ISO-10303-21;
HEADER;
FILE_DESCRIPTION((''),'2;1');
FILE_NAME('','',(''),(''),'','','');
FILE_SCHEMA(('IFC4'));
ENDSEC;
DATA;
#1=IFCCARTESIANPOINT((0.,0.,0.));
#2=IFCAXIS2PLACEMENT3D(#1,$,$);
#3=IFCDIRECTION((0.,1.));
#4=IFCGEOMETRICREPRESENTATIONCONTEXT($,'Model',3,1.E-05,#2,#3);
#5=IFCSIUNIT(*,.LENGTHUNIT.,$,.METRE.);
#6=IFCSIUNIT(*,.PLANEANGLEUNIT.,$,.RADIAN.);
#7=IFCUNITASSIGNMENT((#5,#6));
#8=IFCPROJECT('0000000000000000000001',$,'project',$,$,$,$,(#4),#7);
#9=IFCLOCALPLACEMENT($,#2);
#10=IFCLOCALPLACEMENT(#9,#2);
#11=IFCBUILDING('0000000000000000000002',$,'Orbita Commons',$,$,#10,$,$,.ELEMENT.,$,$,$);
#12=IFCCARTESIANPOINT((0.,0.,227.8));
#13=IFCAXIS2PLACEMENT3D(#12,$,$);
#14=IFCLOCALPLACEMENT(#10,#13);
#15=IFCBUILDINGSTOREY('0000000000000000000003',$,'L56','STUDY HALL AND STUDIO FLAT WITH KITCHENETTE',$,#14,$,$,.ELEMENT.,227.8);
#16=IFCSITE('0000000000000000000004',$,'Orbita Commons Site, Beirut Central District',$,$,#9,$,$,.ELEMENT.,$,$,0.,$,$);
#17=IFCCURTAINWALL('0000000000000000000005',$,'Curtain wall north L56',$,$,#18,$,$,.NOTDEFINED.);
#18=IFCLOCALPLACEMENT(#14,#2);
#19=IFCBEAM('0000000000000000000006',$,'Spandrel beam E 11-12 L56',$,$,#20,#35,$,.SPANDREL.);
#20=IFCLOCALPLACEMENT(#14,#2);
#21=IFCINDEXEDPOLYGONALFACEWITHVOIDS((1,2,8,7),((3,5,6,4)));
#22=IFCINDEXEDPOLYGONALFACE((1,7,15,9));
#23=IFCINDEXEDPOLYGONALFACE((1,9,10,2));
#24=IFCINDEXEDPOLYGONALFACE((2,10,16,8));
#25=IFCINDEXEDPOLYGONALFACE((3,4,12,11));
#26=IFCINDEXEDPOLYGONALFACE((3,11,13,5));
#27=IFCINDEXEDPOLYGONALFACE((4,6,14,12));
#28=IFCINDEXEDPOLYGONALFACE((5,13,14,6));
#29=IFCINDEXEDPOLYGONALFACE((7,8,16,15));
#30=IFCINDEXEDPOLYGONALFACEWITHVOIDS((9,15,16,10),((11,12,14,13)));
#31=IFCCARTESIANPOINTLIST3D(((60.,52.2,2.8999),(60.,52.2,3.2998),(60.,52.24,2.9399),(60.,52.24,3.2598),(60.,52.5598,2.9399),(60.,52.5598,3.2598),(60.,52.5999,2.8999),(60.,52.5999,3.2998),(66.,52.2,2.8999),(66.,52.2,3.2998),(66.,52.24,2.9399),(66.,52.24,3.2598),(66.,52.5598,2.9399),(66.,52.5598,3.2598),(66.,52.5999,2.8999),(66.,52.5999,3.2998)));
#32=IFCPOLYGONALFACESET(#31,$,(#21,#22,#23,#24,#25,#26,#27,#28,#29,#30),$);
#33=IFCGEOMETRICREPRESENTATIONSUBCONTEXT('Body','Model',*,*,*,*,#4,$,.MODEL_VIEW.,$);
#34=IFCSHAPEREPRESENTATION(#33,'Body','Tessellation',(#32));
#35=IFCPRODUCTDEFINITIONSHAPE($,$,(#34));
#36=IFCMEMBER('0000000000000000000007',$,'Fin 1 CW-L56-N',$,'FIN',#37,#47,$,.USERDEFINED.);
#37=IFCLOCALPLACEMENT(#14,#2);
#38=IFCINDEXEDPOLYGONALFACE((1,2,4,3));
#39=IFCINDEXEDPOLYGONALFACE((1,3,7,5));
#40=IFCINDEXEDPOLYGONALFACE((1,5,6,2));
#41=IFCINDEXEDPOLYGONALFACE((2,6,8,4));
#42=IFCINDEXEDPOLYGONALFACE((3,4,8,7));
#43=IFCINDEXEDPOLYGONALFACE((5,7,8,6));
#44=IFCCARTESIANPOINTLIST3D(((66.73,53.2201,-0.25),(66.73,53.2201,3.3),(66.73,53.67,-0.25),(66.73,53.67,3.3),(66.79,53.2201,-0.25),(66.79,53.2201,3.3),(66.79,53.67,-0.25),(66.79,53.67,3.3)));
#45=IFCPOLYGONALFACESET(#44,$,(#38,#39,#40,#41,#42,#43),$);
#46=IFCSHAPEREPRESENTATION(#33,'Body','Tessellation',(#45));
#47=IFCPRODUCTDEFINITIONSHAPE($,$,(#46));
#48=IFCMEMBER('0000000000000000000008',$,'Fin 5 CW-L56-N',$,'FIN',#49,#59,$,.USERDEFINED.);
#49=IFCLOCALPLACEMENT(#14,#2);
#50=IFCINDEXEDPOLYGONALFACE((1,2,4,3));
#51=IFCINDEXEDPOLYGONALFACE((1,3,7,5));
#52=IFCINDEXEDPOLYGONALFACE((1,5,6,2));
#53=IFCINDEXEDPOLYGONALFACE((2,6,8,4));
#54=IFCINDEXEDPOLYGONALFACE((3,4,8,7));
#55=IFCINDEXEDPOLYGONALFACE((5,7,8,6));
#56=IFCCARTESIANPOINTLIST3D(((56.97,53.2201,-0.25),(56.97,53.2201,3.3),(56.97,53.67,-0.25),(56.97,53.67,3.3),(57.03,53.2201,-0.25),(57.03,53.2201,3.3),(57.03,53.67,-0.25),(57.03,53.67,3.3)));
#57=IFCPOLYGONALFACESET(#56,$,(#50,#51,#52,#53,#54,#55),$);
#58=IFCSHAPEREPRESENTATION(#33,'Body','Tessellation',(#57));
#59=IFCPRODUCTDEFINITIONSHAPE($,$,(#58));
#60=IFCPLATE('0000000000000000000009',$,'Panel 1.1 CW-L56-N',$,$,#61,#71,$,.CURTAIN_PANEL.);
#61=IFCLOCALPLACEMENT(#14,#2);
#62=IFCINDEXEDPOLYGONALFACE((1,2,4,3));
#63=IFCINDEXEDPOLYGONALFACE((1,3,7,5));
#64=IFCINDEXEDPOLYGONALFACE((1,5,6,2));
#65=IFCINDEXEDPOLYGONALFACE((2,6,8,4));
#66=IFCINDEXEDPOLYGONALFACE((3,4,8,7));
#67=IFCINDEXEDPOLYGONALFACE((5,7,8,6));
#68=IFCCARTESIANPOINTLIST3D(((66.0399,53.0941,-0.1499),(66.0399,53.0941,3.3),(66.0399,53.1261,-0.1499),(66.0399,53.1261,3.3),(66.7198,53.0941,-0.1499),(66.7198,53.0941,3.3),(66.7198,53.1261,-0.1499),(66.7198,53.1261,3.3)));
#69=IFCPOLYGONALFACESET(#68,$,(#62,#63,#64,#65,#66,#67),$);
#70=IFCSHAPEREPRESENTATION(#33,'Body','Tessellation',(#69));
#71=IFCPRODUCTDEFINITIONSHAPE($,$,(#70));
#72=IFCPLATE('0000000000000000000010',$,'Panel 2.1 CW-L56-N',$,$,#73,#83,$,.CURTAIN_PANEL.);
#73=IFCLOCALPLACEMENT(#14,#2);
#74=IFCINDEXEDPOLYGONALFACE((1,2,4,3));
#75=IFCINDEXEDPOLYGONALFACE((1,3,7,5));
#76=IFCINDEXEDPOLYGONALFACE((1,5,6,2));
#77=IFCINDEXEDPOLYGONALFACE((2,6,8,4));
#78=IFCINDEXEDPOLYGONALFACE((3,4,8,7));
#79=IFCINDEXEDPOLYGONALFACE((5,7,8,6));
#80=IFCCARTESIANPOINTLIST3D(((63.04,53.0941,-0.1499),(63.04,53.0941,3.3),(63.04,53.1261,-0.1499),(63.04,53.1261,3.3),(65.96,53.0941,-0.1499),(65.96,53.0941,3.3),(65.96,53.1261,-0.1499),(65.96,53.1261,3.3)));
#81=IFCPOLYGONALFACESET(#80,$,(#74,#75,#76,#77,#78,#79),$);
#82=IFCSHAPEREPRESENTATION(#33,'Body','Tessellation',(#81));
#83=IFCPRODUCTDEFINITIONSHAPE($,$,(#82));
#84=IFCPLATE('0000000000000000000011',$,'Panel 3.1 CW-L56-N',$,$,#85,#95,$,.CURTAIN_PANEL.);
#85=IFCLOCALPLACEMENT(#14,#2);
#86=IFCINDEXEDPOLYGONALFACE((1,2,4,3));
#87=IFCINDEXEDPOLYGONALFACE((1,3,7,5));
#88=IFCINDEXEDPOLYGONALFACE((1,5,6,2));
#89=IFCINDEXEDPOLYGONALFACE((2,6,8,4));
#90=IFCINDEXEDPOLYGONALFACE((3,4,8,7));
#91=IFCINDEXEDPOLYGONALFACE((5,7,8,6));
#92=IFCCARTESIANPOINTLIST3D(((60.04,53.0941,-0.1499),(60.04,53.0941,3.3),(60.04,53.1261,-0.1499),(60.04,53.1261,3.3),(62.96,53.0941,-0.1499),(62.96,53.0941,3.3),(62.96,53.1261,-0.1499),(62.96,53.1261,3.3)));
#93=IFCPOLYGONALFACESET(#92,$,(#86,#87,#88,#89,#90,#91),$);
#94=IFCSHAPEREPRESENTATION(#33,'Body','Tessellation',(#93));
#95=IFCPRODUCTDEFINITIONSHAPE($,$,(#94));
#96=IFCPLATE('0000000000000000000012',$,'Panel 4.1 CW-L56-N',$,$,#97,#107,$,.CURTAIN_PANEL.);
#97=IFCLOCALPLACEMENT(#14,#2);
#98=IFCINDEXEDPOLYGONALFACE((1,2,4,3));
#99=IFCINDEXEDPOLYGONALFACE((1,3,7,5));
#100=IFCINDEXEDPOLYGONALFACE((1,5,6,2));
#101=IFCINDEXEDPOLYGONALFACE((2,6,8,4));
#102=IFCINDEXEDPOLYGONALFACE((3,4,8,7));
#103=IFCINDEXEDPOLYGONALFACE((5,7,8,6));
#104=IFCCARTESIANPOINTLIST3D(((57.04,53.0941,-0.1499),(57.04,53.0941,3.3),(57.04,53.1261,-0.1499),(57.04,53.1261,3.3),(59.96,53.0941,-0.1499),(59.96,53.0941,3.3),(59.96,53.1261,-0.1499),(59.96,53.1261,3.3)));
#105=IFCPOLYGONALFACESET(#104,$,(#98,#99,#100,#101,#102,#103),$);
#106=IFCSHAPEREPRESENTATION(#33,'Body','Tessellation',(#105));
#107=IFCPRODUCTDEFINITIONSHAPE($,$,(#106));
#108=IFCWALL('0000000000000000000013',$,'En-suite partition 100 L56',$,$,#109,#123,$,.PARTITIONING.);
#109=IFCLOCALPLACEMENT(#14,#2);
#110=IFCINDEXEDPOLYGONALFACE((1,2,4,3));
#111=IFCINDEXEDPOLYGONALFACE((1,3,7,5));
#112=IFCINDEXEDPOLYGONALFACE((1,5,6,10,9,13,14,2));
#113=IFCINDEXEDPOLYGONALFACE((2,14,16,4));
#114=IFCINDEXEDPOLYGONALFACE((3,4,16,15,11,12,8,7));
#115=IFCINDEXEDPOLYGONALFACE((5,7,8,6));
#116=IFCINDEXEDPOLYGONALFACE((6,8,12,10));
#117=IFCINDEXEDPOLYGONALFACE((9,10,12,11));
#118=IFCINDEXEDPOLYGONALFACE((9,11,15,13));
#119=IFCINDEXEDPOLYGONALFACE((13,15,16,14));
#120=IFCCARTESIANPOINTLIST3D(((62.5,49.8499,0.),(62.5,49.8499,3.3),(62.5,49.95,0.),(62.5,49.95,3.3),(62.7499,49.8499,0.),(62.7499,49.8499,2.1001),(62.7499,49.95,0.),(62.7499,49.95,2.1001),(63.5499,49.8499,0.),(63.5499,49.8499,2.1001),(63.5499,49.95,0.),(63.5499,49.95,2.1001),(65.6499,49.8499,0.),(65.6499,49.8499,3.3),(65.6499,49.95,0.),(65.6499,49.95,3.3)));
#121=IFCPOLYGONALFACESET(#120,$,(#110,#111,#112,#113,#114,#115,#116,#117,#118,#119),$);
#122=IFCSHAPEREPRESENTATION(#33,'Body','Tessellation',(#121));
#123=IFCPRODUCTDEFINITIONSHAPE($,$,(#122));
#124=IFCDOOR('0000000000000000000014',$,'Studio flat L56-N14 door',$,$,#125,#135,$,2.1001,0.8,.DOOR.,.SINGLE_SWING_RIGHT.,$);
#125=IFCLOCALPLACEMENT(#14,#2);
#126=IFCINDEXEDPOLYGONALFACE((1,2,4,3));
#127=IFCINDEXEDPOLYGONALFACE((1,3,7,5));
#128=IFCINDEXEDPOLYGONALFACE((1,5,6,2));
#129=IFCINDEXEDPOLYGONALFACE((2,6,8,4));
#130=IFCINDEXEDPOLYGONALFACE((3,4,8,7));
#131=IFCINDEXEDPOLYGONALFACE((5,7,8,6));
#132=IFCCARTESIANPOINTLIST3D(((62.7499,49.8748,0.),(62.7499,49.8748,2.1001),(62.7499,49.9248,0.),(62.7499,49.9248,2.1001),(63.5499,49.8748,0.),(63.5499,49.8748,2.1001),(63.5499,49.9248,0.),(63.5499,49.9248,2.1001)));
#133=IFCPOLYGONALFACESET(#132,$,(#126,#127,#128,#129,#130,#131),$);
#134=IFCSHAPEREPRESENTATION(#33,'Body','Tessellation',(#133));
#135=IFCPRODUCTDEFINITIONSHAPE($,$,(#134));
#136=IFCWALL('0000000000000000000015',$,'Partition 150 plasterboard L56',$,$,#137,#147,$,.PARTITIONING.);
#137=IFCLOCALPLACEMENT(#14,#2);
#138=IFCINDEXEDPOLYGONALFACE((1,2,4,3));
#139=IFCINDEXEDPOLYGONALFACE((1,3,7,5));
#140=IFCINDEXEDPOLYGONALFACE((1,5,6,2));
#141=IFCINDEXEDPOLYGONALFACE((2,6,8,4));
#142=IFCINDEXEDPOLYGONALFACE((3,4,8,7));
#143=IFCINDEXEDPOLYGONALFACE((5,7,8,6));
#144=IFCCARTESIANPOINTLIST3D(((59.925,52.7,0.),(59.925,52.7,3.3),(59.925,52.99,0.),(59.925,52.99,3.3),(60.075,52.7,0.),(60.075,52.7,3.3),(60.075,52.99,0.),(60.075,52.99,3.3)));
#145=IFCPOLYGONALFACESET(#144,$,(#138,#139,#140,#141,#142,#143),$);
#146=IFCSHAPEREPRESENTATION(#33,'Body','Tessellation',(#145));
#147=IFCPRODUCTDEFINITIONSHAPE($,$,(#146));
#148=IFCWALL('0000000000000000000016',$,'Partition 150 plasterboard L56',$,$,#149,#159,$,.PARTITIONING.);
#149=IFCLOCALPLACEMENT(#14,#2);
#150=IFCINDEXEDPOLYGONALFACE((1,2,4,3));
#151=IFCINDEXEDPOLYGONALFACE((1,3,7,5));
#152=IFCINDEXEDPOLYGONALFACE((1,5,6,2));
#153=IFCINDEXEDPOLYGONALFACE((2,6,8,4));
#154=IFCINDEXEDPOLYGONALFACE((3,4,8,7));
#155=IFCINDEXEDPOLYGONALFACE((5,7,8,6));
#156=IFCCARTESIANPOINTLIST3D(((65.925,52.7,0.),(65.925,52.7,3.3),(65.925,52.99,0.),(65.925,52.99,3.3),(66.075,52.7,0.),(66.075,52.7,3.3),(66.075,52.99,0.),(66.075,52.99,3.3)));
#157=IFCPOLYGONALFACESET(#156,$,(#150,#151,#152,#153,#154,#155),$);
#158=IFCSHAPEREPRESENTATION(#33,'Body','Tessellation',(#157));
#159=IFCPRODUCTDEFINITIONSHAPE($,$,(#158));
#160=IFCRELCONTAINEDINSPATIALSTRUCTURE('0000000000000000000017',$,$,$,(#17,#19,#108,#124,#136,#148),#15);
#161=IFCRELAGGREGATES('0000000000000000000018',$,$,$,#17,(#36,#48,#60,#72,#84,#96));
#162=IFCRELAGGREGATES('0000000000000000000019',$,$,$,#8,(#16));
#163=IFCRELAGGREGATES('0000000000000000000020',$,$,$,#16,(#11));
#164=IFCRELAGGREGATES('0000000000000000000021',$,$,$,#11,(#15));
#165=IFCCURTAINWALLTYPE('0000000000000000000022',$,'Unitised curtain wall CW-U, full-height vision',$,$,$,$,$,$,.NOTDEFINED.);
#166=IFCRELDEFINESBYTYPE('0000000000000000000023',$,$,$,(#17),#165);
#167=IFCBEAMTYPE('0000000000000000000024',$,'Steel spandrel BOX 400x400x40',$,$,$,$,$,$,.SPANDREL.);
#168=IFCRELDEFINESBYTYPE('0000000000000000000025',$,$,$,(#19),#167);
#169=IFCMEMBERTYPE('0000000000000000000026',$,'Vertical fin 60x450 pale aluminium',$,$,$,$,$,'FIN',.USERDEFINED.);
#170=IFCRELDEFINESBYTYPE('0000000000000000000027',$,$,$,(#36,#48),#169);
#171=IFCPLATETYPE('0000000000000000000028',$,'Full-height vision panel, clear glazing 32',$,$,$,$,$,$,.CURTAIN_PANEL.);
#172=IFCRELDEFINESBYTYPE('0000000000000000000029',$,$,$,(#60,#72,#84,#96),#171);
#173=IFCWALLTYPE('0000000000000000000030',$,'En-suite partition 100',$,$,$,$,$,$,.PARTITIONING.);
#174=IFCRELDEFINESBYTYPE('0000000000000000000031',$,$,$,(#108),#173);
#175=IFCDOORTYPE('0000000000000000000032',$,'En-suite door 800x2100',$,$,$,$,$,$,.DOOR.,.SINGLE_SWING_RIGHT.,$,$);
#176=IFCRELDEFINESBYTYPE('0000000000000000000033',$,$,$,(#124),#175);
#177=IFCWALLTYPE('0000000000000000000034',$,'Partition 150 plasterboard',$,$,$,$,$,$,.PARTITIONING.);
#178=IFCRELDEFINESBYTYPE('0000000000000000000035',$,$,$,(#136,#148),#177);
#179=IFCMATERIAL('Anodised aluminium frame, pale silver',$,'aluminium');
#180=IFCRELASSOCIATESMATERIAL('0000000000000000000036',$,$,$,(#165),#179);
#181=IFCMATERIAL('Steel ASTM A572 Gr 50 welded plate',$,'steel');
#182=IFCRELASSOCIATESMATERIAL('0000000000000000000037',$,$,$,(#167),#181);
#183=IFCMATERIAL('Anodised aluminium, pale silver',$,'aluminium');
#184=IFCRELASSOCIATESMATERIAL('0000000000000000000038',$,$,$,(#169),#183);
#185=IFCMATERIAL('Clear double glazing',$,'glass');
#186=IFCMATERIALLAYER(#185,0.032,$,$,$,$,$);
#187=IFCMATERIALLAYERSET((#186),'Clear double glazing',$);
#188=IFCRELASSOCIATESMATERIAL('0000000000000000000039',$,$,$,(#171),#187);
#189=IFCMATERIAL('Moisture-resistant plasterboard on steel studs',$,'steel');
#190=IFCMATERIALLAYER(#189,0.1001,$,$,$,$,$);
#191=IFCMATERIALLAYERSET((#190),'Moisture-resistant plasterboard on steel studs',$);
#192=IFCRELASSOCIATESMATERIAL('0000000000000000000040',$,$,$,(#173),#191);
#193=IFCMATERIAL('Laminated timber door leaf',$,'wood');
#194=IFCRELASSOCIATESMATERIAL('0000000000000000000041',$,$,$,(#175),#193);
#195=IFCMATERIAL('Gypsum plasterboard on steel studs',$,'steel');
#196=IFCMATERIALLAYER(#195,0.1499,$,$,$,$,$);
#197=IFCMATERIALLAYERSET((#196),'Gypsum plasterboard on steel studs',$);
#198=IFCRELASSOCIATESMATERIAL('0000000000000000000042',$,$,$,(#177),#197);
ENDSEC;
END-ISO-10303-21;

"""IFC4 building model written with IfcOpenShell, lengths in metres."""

from ifc_helpers import new_model, si_unit, direction, frame, frame_2d, origin, origin_2d, place, context, subcontext, project, spatial, rectangle, hollow_rectangle, extrude, material, layer, layer_set, material_profile, profile_set, type_object, element, fill, aggregate, save


model = new_model("IFC4")

# Units and contexts
model_context = context("Model", 3, precision=1e-05, world=origin(), true_north=direction((0.0, 1.0)))
body_context = subcontext(model_context, "Body", "Model", "MODEL_VIEW")
ifc_project = project(units=[si_unit("LENGTHUNIT", "METRE"), si_unit("PLANEANGLEUNIT", "RADIAN")], contexts=[model_context])

# Site, building, storey
site_placement = place(None, origin())
site = spatial("IfcSite", under=ifc_project, at=site_placement, Name="Orbita Commons Site, Beirut Central District", CompositionType="ELEMENT", RefElevation=0.0)
building_placement = place(site_placement, origin())
building = spatial("IfcBuilding", under=site, at=building_placement, Name="Orbita Commons", CompositionType="ELEMENT")
storey_placement = place(building_placement, frame((0.0, 0.0, 227.8)))
storey = spatial("IfcBuildingStorey", under=building, at=storey_placement, Name="L56", Description="STUDY HALL AND STUDIO FLAT WITH KITCHENETTE", CompositionType="ELEMENT", Elevation=227.8)

# Curtain wall
ifc_material_1 = material(Name="Anodised aluminium frame, pale silver", Category="aluminium")
curtain_wall_type = type_object("IfcCurtainWallType", Name="Unitised curtain wall CW-U, full-height vision", PredefinedType="NOTDEFINED", material=ifc_material_1)
curtain_wall_placement = place(storey_placement, origin())
curtain_wall = element("IfcCurtainWall", 1, at=curtain_wall_placement, inside=storey, type_object=curtain_wall_type, Name="Curtain wall north L56", PredefinedType="NOTDEFINED")

# Beam
ifc_material_2 = material(Name="Steel ASTM A572 Gr 50 welded plate", Category="steel")
ifc_material_profile_1 = material_profile(ifc_material_2, hollow_rectangle(XDim=0.3999, YDim=0.3999, WallThickness=0.04, at=origin_2d()), Name="BOX 400x400x40")
ifc_profile_set_1 = profile_set([ifc_material_profile_1], Name="Steel ASTM A572 Gr 50 welded plate")
beam_type = type_object("IfcBeamType", Name="Steel spandrel BOX 400x400x40", PredefinedType="SPANDREL", material=ifc_profile_set_1)
beam_placement = place(storey_placement, frame((60.0, 52.3999, 3.0999), z_axis=(1.0, 0.0, 0.0), x_axis=(0.0, 1.0, 0.0)))
element("IfcBeam", 2, at=beam_placement, inside=storey, type_object=beam_type, Name="Spandrel beam E 11-12 L56", PredefinedType="SPANDREL", context=body_context, shape_type="SweptSolid", body=[
    extrude(hollow_rectangle(XDim=0.3999, YDim=0.3999, WallThickness=0.04, at=origin_2d()), origin(), (0.0, 0.0, 1.0), 6.0),
])

# Members
ifc_material_3 = material(Name="Anodised aluminium, pale silver", Category="aluminium")
ifc_material_profile_2 = material_profile(ifc_material_3, rectangle(XDim=0.0601, YDim=0.45, at=origin_2d()), Name="FIN 60x450")
ifc_profile_set_2 = profile_set([ifc_material_profile_2], Name="Anodised aluminium, pale silver")
member_type_1 = type_object("IfcMemberType", Name="Vertical fin 60x450 pale aluminium", ElementType="FIN", PredefinedType="USERDEFINED", material=ifc_profile_set_2)
member_1_placement = place(storey_placement, frame((66.76, 53.4451, -0.25), z_axis=(0.0, 0.0, 1.0), x_axis=(-1.0, 0.0, 0.0)))
member_1 = element("IfcMember", 3, at=member_1_placement, type_object=member_type_1, Name="Fin 1 CW-L56-N", ObjectType="FIN", PredefinedType="USERDEFINED", context=body_context, shape_type="SweptSolid", body=[
    extrude(rectangle(XDim=0.0601, YDim=0.45, at=origin_2d()), origin(), (0.0, 0.0, 1.0), 3.55),
])
member_2_placement = place(storey_placement, frame((57.0, 53.4451, -0.25), z_axis=(0.0, 0.0, 1.0), x_axis=(-1.0, 0.0, 0.0)))
member_2 = element("IfcMember", 4, at=member_2_placement, type_object=member_type_1, Name="Fin 5 CW-L56-N", ObjectType="FIN", PredefinedType="USERDEFINED", context=body_context, shape_type="SweptSolid", body=[
    extrude(rectangle(XDim=0.0601, YDim=0.45, at=origin_2d()), origin(), (0.0, 0.0, 1.0), 3.55),
])

# Plates
ifc_material_4 = material(Name="Clear double glazing", Category="glass")
ifc_layer_1 = layer(ifc_material_4, 0.032)
ifc_layer_set_1 = layer_set([ifc_layer_1], Name="Clear double glazing")
plate_type = type_object("IfcPlateType", Name="Full-height vision panel, clear glazing 32", PredefinedType="CURTAIN_PANEL", material=ifc_layer_set_1)
plate_1_placement = place(storey_placement, frame((66.3799, 53.1101, -0.1499), z_axis=(0.0, 0.0, 1.0), x_axis=(-1.0, 0.0, 0.0)))
plate_1 = element("IfcPlate", 5, at=plate_1_placement, type_object=plate_type, Name="Panel 1.1 CW-L56-N", PredefinedType="CURTAIN_PANEL", context=body_context, shape_type="SweptSolid", body=[
    extrude(rectangle(XDim=0.6799, YDim=0.032, at=origin_2d()), origin(), (0.0, 0.0, 1.0), 3.45),
])
plate_2_placement = place(storey_placement, frame((64.5, 53.1101, -0.1499), z_axis=(0.0, 0.0, 1.0), x_axis=(-1.0, 0.0, 0.0)))
plate_2 = element("IfcPlate", 6, at=plate_2_placement, type_object=plate_type, Name="Panel 2.1 CW-L56-N", PredefinedType="CURTAIN_PANEL", context=body_context, shape_type="SweptSolid", body=[
    extrude(rectangle(XDim=2.9199, YDim=0.032, at=origin_2d()), origin(), (0.0, 0.0, 1.0), 3.45),
])
plate_3_placement = place(storey_placement, frame((61.5, 53.1101, -0.1499), z_axis=(0.0, 0.0, 1.0), x_axis=(-1.0, 0.0, 0.0)))
plate_3 = element("IfcPlate", 7, at=plate_3_placement, type_object=plate_type, Name="Panel 3.1 CW-L56-N", PredefinedType="CURTAIN_PANEL", context=body_context, shape_type="SweptSolid", body=[
    extrude(rectangle(XDim=2.9199, YDim=0.032, at=origin_2d()), origin(), (0.0, 0.0, 1.0), 3.45),
])
plate_4_placement = place(storey_placement, frame((58.5, 53.1101, -0.1499), z_axis=(0.0, 0.0, 1.0), x_axis=(-1.0, 0.0, 0.0)))
plate_4 = element("IfcPlate", 8, at=plate_4_placement, type_object=plate_type, Name="Panel 4.1 CW-L56-N", PredefinedType="CURTAIN_PANEL", context=body_context, shape_type="SweptSolid", body=[
    extrude(rectangle(XDim=2.9199, YDim=0.032, at=origin_2d()), origin(), (0.0, 0.0, 1.0), 3.45),
])
aggregate(curtain_wall, [member_1, member_2, plate_1, plate_2, plate_3, plate_4])

# Wall, opening, door
ifc_material_5 = material(Name="Moisture-resistant plasterboard on steel studs", Category="steel")
ifc_layer_2 = layer(ifc_material_5, 0.1001)
ifc_layer_set_2 = layer_set([ifc_layer_2], Name="Moisture-resistant plasterboard on steel studs")
wall_type_1 = type_object("IfcWallType", Name="En-suite partition 100", PredefinedType="PARTITIONING", material=ifc_layer_set_2)
wall_1_placement = place(storey_placement, frame((62.5, 49.8999, 0.0), z_axis=(0.0, 0.0, 1.0), x_axis=(1.0, 0.0, 0.0)))
wall_1 = element("IfcWall", 9, at=wall_1_placement, inside=storey, type_object=wall_type_1, Name="En-suite partition 100 L56", PredefinedType="PARTITIONING", context=body_context, shape_type="SweptSolid", body=[
    extrude(rectangle(XDim=3.1499, YDim=0.1001, at=frame_2d((1.575, 0.0))), origin(), (0.0, 0.0, 1.0), 3.3),
])
opening_1_placement = place(wall_1_placement, frame((0.25, 0.0, 0.0)))
opening_1 = element("IfcOpeningElement", 10, at=opening_1_placement, cuts=wall_1, PredefinedType="OPENING", context=body_context, shape_type="SweptSolid", body=[
    extrude(rectangle(XDim=0.8, YDim=2.1001, at=frame_2d((0.3999, 1.05))), frame((0.0, 0.0601, 0.0), z_axis=(0.0, -1.0, 0.0), x_axis=(1.0, 0.0, 0.0)), (0.0, 0.0, 1.0), 0.1201),
])
ifc_material_6 = material(Name="Laminated timber door leaf", Category="wood")
door_type = type_object("IfcDoorType", Name="En-suite door 800x2100", OperationType="SINGLE_SWING_RIGHT", PredefinedType="DOOR", material=ifc_material_6)
door_placement = place(opening_1_placement, origin())
door = element("IfcDoor", 11, at=door_placement, inside=storey, type_object=door_type, Name="Studio flat L56-N14 door", OperationType="SINGLE_SWING_RIGHT", OverallHeight=2.1001, OverallWidth=0.8, PredefinedType="DOOR", context=body_context, shape_type="SweptSolid", body=[
    extrude(rectangle(XDim=0.8, YDim=2.1001, at=frame_2d((0.3999, 1.05))), frame((0.0, 0.0249, 0.0), z_axis=(0.0, -1.0, 0.0), x_axis=(1.0, 0.0, 0.0)), (0.0, 0.0, 1.0), 0.05),
])
fill(opening_1, door)

# Walls
ifc_material_7 = material(Name="Gypsum plasterboard on steel studs", Category="steel")
ifc_layer_3 = layer(ifc_material_7, 0.1499)
ifc_layer_set_3 = layer_set([ifc_layer_3], Name="Gypsum plasterboard on steel studs")
wall_type_2 = type_object("IfcWallType", Name="Partition 150 plasterboard", PredefinedType="PARTITIONING", material=ifc_layer_set_3)
for number, where, z_axis, x_axis, name in (
    (12, (60.0, 52.7, 0.0), (0.0, 0.0, 1.0), (0.0, 1.0, 0.0), "Partition 150 plasterboard L56"),
    (13, (66.0, 52.7, 0.0), (0.0, 0.0, 1.0), (0.0, 1.0, 0.0), "Partition 150 plasterboard L56"),
):
    element("IfcWall", number, at=place(storey_placement, frame(where, z_axis=z_axis, x_axis=x_axis)), inside=storey, type_object=wall_type_2, Name=name, PredefinedType="PARTITIONING", context=body_context, shape_type="SweptSolid", body=[
        extrude(rectangle(XDim=0.29, YDim=0.1499, at=frame_2d((0.145, 0.0))), origin(), (0.0, 0.0, 1.0), 3.3),
    ])

save(model, "model.ifc")
